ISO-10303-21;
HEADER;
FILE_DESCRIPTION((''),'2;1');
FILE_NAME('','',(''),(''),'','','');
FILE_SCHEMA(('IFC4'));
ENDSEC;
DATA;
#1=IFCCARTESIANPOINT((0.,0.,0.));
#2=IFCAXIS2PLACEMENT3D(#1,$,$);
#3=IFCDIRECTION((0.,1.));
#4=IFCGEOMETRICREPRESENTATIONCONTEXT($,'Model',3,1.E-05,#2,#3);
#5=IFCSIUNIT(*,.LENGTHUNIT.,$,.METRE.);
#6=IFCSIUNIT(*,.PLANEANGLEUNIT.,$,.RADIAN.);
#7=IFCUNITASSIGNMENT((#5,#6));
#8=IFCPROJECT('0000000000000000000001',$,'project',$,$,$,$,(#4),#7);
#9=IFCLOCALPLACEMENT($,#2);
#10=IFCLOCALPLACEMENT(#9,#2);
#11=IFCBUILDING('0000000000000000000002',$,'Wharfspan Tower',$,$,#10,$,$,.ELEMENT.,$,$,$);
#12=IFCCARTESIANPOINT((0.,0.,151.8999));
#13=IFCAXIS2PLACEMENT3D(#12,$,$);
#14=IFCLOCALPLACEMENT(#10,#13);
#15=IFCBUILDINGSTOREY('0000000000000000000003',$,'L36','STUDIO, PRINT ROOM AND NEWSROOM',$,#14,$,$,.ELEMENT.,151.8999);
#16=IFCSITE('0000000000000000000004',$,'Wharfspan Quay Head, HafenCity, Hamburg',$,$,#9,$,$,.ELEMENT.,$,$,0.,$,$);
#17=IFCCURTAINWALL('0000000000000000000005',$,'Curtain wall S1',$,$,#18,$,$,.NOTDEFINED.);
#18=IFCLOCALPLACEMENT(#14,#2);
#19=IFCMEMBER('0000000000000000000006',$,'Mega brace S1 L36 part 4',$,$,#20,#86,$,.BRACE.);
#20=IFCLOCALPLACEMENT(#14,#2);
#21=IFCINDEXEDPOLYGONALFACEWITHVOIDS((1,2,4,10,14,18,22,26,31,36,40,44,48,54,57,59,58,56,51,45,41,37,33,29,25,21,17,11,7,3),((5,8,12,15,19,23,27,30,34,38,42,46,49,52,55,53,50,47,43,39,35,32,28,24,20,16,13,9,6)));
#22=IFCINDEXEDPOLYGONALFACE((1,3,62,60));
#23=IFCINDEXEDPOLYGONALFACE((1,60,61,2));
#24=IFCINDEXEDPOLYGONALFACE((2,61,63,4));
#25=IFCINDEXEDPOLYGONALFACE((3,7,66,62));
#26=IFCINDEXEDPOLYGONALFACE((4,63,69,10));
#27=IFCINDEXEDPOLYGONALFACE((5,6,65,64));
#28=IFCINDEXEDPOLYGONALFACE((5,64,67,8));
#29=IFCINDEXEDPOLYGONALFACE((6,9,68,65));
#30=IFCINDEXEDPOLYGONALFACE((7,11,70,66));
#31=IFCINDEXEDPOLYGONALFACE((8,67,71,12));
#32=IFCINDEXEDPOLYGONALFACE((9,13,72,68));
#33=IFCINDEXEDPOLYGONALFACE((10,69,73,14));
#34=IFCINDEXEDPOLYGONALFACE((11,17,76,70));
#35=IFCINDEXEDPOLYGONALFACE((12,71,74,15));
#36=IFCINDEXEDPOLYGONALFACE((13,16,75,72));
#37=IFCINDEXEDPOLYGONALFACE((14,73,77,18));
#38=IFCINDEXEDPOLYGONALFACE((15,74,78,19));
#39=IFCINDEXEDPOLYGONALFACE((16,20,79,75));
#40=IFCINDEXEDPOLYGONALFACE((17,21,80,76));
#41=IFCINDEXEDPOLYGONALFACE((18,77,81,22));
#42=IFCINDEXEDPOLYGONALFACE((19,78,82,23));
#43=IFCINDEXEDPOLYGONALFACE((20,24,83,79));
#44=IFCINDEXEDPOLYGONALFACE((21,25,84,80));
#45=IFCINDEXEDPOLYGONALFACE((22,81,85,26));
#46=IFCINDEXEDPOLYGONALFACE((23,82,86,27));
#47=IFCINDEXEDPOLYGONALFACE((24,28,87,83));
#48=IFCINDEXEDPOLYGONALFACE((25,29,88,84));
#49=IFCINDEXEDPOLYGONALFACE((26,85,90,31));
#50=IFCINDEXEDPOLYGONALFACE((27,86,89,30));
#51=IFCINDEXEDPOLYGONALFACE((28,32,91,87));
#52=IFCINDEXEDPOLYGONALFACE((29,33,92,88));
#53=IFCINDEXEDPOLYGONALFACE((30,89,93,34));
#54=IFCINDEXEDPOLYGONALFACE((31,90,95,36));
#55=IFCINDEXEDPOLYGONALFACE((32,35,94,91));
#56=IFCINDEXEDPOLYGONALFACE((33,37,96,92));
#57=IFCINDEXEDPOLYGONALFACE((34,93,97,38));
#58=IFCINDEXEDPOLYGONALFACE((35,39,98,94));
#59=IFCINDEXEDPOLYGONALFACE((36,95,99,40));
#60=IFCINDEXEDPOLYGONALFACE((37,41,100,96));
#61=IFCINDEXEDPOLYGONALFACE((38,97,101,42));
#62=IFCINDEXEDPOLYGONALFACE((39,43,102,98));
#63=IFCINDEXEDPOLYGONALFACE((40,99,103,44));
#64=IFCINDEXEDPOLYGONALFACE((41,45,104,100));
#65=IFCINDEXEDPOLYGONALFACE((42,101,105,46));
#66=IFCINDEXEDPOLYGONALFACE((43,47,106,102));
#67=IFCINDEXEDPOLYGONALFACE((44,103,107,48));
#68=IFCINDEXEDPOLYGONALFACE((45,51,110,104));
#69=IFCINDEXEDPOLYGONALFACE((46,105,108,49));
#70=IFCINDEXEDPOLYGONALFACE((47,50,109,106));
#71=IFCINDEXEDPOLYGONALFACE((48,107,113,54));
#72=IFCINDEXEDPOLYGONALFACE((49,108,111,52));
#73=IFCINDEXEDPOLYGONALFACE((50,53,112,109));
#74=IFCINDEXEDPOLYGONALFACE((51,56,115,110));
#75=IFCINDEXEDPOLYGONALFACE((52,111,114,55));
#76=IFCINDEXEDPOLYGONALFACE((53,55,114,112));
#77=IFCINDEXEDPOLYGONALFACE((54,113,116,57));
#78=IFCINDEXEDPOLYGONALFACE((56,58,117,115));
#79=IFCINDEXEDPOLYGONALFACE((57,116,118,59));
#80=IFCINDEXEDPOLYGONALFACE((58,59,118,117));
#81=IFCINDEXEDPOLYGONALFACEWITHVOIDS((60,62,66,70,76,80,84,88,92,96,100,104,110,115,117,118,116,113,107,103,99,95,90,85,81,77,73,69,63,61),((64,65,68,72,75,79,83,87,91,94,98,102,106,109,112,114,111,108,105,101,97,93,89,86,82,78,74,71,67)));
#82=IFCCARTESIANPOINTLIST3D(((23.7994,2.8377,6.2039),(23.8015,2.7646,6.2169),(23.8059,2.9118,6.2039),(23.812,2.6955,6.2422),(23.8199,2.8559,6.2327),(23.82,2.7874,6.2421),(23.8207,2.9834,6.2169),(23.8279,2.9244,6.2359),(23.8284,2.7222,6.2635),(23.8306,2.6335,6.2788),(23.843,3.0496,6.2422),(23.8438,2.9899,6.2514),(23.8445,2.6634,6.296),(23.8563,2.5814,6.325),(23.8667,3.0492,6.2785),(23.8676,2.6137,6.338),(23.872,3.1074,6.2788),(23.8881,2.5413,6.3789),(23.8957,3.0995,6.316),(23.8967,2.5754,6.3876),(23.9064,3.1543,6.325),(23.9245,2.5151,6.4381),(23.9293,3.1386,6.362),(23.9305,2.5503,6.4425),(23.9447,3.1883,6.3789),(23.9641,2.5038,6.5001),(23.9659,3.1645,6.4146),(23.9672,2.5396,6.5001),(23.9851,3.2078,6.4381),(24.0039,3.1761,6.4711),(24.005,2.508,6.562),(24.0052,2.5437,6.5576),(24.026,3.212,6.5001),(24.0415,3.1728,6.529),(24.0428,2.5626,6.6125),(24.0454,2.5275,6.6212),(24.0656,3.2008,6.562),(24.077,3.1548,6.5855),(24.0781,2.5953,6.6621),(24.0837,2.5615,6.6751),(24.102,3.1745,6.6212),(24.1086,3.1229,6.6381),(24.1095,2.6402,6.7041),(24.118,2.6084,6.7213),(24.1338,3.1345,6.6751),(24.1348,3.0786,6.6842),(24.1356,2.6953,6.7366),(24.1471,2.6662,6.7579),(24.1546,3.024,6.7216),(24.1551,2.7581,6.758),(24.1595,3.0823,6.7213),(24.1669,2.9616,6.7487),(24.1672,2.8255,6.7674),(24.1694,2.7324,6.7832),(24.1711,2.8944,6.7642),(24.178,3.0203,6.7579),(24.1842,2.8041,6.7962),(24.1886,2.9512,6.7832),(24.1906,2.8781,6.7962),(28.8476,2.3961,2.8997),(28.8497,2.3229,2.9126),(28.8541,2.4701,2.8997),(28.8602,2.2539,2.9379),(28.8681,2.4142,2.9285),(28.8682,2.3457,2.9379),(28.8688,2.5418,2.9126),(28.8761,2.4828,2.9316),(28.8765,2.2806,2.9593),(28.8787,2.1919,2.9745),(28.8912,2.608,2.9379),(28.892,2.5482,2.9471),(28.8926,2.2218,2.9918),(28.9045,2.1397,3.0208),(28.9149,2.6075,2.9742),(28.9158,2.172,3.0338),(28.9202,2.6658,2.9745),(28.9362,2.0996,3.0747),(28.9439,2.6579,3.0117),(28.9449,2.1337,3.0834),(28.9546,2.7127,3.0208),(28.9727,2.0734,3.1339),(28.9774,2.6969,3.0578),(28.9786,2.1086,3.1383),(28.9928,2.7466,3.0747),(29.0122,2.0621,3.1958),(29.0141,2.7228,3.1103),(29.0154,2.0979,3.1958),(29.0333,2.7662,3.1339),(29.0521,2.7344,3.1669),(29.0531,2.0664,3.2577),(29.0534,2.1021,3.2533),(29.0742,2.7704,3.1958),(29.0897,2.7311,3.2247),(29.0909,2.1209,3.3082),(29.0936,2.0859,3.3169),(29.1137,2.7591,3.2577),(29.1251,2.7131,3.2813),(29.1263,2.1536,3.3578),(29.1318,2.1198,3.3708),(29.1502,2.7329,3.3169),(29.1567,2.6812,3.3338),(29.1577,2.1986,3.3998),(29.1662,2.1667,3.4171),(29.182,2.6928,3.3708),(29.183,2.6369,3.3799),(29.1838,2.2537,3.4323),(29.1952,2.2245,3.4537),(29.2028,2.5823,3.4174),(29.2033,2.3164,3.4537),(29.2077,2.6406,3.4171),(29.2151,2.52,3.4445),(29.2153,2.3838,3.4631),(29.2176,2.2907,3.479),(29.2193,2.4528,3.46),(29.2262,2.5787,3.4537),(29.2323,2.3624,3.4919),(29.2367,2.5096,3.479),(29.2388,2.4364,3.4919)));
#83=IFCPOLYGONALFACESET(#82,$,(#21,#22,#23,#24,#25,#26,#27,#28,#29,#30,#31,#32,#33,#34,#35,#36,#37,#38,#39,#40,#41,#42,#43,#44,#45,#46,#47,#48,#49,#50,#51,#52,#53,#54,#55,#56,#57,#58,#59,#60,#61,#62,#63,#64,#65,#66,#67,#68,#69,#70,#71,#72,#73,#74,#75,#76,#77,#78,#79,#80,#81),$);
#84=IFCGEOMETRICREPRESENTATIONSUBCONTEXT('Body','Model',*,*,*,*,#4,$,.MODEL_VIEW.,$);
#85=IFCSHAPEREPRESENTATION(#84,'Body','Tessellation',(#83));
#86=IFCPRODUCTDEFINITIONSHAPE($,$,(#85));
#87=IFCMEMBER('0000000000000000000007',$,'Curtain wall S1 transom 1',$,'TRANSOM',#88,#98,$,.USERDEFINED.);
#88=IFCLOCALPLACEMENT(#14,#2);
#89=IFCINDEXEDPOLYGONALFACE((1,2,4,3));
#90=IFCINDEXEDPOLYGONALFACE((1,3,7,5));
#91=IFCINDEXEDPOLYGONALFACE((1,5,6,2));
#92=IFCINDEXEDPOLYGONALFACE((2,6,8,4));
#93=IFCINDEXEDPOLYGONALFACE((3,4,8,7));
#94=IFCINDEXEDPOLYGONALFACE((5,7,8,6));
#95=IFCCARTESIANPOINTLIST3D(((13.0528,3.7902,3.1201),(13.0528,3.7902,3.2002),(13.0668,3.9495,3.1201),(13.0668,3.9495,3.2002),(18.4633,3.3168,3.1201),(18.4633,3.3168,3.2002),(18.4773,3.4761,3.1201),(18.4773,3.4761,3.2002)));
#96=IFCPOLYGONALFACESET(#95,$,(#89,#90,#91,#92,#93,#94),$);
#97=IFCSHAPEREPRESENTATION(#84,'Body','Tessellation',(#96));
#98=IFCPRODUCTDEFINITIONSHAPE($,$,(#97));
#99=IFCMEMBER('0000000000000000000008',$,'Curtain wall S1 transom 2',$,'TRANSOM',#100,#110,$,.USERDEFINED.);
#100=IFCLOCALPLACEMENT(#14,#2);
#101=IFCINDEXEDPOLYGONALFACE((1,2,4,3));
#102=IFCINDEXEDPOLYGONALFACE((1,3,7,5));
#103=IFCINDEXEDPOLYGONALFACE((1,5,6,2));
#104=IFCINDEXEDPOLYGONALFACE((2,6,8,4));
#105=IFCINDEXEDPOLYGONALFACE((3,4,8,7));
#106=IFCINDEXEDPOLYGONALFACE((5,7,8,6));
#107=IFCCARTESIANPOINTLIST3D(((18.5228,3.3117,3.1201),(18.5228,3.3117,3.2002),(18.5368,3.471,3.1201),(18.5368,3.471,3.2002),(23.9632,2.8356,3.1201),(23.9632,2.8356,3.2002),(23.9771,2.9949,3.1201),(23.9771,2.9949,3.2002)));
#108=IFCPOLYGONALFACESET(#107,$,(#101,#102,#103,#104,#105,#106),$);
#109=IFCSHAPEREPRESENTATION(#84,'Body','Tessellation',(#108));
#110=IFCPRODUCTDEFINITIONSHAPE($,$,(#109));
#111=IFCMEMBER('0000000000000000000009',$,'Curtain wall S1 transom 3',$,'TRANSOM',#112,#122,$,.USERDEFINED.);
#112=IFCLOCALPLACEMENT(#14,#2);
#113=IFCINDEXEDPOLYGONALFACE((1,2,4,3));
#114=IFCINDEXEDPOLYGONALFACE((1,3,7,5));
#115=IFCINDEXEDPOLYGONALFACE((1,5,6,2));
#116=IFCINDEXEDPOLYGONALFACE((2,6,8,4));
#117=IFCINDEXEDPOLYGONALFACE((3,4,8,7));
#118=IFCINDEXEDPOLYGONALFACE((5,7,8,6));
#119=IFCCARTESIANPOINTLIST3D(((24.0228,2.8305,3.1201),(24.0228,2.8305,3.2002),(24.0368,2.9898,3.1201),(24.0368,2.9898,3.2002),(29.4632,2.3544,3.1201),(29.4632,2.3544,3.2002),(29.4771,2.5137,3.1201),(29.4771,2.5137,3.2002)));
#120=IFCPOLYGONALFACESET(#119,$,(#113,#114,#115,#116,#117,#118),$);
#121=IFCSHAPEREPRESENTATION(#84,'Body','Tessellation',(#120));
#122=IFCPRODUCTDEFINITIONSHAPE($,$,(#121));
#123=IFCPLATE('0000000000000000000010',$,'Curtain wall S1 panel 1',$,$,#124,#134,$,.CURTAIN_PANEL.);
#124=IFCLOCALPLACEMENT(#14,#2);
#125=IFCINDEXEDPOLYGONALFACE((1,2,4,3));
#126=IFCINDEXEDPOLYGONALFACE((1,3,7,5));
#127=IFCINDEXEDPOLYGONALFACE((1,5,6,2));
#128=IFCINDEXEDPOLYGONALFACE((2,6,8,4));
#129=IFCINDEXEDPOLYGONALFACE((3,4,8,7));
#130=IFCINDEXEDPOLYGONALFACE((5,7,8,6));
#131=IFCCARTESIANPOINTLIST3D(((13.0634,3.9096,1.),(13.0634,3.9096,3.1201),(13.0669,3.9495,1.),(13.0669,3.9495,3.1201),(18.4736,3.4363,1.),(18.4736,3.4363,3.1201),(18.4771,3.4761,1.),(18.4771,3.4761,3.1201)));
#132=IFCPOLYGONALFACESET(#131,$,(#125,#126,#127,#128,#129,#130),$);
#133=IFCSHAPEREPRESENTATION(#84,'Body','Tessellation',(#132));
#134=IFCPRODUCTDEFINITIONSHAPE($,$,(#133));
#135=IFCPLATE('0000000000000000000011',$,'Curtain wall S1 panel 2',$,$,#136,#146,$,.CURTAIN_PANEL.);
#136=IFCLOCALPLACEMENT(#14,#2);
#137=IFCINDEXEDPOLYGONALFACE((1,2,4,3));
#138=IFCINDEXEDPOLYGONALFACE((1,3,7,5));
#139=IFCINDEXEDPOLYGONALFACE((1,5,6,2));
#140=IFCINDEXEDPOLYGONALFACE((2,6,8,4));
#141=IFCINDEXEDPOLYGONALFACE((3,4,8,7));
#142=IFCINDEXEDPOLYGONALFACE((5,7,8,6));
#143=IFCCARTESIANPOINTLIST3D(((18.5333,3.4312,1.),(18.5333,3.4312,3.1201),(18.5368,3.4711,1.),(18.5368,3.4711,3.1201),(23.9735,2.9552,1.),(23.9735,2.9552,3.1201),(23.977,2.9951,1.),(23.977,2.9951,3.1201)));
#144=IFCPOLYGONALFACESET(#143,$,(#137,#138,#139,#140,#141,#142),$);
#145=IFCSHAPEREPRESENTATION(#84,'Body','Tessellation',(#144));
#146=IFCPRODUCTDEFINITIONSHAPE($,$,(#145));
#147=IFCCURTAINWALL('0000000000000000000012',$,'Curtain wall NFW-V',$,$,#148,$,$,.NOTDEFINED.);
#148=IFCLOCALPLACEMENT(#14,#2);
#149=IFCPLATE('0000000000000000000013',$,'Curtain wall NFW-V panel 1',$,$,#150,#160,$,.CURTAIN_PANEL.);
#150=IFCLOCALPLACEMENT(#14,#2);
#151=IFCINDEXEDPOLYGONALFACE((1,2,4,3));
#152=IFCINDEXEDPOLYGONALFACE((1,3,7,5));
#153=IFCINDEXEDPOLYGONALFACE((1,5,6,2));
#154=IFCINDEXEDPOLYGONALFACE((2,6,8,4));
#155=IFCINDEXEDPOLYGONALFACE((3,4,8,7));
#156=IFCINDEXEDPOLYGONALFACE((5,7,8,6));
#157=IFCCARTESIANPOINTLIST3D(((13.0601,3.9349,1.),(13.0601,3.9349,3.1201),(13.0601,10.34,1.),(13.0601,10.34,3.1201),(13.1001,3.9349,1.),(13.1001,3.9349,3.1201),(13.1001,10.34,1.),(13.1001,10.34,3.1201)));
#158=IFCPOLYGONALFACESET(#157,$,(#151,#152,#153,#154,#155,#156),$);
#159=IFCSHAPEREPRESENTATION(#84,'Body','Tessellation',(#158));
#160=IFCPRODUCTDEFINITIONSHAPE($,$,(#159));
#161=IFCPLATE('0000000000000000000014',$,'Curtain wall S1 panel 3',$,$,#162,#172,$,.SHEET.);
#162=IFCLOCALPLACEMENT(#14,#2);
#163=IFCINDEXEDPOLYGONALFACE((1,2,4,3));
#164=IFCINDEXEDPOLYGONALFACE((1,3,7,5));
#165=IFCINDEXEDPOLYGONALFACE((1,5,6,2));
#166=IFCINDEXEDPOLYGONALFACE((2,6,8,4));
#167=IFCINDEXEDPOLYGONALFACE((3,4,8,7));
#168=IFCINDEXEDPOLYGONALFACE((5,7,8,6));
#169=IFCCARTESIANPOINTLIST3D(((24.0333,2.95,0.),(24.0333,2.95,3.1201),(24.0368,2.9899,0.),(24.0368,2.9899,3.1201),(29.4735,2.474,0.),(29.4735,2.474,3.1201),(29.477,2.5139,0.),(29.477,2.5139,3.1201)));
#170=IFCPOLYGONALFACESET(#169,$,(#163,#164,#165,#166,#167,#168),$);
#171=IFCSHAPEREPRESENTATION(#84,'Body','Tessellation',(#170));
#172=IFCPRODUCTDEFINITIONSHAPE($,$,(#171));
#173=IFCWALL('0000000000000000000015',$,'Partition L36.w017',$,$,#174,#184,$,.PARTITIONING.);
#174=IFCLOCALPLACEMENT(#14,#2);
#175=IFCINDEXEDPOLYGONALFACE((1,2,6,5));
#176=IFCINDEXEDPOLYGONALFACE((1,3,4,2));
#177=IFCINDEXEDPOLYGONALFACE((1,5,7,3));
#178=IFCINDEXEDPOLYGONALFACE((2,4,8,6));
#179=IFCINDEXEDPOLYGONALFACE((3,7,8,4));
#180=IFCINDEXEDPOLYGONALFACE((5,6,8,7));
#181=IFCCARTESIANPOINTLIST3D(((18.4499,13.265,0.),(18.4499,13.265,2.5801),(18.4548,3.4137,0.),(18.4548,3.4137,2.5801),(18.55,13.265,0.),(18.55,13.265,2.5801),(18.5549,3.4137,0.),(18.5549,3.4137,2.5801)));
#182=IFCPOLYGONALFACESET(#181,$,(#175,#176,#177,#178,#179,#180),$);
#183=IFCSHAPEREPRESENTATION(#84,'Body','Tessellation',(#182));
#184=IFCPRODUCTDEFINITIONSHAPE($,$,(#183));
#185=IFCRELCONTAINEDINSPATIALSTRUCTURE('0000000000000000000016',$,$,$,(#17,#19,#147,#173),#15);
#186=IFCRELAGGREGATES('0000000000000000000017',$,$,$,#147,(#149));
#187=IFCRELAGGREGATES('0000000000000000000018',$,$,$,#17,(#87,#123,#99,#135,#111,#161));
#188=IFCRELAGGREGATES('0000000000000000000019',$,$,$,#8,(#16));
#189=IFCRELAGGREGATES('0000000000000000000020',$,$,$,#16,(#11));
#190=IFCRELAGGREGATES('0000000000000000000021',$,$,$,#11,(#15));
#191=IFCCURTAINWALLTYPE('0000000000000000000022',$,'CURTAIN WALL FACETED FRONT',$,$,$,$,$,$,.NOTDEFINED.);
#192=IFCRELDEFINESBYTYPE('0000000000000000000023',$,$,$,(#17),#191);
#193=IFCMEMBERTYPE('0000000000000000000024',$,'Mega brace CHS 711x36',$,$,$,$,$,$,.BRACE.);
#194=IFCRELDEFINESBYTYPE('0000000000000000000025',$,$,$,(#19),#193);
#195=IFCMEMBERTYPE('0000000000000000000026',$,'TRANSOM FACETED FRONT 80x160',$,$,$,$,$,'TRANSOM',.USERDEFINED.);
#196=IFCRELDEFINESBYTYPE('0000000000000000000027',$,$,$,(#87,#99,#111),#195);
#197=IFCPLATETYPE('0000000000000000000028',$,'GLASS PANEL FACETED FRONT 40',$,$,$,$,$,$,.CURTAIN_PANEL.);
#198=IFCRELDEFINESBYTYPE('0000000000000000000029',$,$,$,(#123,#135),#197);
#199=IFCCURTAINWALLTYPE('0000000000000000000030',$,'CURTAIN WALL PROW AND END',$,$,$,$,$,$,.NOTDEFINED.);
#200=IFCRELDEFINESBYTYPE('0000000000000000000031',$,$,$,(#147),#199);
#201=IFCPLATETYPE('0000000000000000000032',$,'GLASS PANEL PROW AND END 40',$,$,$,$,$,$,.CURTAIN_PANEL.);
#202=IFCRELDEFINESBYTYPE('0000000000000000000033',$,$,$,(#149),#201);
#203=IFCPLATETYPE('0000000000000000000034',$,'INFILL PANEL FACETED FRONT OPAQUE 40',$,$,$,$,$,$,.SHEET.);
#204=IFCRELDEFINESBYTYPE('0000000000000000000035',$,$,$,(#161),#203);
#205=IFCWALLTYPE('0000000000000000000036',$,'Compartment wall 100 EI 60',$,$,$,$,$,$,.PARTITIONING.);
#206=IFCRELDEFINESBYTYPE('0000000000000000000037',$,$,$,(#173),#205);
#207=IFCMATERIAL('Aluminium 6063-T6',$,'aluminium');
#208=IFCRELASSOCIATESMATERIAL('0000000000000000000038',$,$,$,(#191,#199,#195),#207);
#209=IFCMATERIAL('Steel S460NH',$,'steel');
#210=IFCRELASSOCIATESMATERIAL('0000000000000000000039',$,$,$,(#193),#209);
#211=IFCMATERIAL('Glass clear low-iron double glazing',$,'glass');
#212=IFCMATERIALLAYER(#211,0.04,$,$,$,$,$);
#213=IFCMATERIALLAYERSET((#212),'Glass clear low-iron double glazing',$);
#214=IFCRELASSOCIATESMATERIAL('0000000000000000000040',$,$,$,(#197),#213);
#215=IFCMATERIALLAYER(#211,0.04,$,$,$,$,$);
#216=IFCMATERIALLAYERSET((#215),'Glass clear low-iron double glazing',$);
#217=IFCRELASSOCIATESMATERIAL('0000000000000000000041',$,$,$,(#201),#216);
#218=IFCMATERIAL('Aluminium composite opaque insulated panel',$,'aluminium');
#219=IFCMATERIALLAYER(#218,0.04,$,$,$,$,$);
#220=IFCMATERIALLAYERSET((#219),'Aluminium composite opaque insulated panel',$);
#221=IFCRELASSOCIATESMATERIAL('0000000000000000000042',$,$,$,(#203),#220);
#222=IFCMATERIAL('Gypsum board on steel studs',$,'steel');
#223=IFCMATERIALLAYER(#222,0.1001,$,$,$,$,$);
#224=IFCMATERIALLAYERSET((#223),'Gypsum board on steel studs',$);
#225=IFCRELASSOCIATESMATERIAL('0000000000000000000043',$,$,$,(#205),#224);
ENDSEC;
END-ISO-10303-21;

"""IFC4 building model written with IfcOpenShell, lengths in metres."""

from ifc_helpers import new_model, si_unit, direction, frame, frame_2d, origin, origin_2d, place, context, subcontext, project, spatial, rectangle, hollow_circle, extrude, material, layer, layer_set, material_profile, profile_set, type_object, element, aggregate, save


model = new_model("IFC4")

# Units and contexts
model_context = context("Model", 3, precision=1e-05, world=origin(), true_north=direction((0.0, 1.0)))
body_context = subcontext(model_context, "Body", "Model", "MODEL_VIEW")
ifc_project = project(units=[si_unit("LENGTHUNIT", "METRE"), si_unit("PLANEANGLEUNIT", "RADIAN")], contexts=[model_context])

# Site, building, storey
site_placement = place(None, origin())
site = spatial("IfcSite", under=ifc_project, at=site_placement, Name="Wharfspan Quay Head, HafenCity, Hamburg", CompositionType="ELEMENT", RefElevation=0.0)
building_placement = place(site_placement, origin())
building = spatial("IfcBuilding", under=site, at=building_placement, Name="Wharfspan Tower", CompositionType="ELEMENT")
storey_placement = place(building_placement, frame((0.0, 0.0, 151.8999)))
storey = spatial("IfcBuildingStorey", under=building, at=storey_placement, Name="L36", Description="STUDIO, PRINT ROOM AND NEWSROOM", CompositionType="ELEMENT", Elevation=151.8999)

# Curtain wall
ifc_material_1 = material(Name="Aluminium 6063-T6", Category="aluminium")
curtain_wall_type_1 = type_object("IfcCurtainWallType", Name="CURTAIN WALL FACETED FRONT", PredefinedType="NOTDEFINED", material=ifc_material_1)
curtain_wall_1_placement = place(storey_placement, origin())
curtain_wall_1 = element("IfcCurtainWall", 1, at=curtain_wall_1_placement, inside=storey, type_object=curtain_wall_type_1, Name="Curtain wall S1", PredefinedType="NOTDEFINED")

# Members
ifc_material_2 = material(Name="Steel S460NH", Category="steel")
ifc_material_profile_1 = material_profile(ifc_material_2, hollow_circle(Radius=0.3555, WallThickness=0.0359, at=origin_2d()))
ifc_profile_set_1 = profile_set([ifc_material_profile_1], Name="Steel S460NH")
member_type_1 = type_object("IfcMemberType", Name="Mega brace CHS 711x36", PredefinedType="BRACE", material=ifc_profile_set_1)
member_1_placement = place(storey_placement, frame((29.0432, 2.4163, 3.1958), z_axis=(-0.834469, 0.073006, 0.546197), x_axis=(-0.087156, -0.996198, -0.000001)))
element("IfcMember", 2, at=member_1_placement, inside=storey, type_object=member_type_1, Name="Mega brace S1 L36 part 4", PredefinedType="BRACE", context=body_context, shape_type="SweptSolid", body=[
    extrude(hollow_circle(Radius=0.3555, WallThickness=0.0359, at=origin_2d()), origin(), (0.0, 0.0, 1.0), 6.0496),
])
ifc_material_profile_2 = material_profile(ifc_material_1, rectangle(XDim=0.1599, YDim=0.0801, at=origin_2d()))
ifc_profile_set_2 = profile_set([ifc_material_profile_2], Name="Aluminium 6063-T6")
member_type_2 = type_object("IfcMemberType", Name="TRANSOM FACETED FRONT 80x160", ElementType="TRANSOM", PredefinedType="USERDEFINED", material=ifc_profile_set_2)
member_2_placement = place(storey_placement, frame((13.0598, 3.8699, 3.1602), z_axis=(0.996194, -0.087163, 0.0), x_axis=(0.087163, 0.996194, 0.0)))
member_2 = element("IfcMember", 3, at=member_2_placement, type_object=member_type_2, Name="Curtain wall S1 transom 1", ObjectType="TRANSOM", PredefinedType="USERDEFINED", context=body_context, shape_type="SweptSolid", body=[
    extrude(rectangle(XDim=0.1599, YDim=0.0801, at=origin_2d()), origin(), (0.0, 0.0, 1.0), 5.4312),
])
member_3_placement = place(storey_placement, frame((18.5298, 3.3914, 3.1602), z_axis=(0.996193, -0.087174, 0.0), x_axis=(0.087174, 0.996193, 0.0)))
member_3 = element("IfcMember", 4, at=member_3_placement, type_object=member_type_2, Name="Curtain wall S1 transom 2", ObjectType="TRANSOM", PredefinedType="USERDEFINED", context=body_context, shape_type="SweptSolid", body=[
    extrude(rectangle(XDim=0.1599, YDim=0.0801, at=origin_2d()), origin(), (0.0, 0.0, 1.0), 5.4612),
])
member_4_placement = place(storey_placement, frame((24.0298, 2.9102, 3.1602), z_axis=(0.996193, -0.087174, 0.0), x_axis=(0.087174, 0.996193, 0.0)))
member_4 = element("IfcMember", 5, at=member_4_placement, type_object=member_type_2, Name="Curtain wall S1 transom 3", ObjectType="TRANSOM", PredefinedType="USERDEFINED", context=body_context, shape_type="SweptSolid", body=[
    extrude(rectangle(XDim=0.1599, YDim=0.0801, at=origin_2d()), origin(), (0.0, 0.0, 1.0), 5.4612),
])

# Plates
ifc_material_3 = material(Name="Glass clear low-iron double glazing", Category="glass")
ifc_layer_1 = layer(ifc_material_3, 0.04)
ifc_layer_set_1 = layer_set([ifc_layer_1], Name="Glass clear low-iron double glazing")
plate_type_1 = type_object("IfcPlateType", Name="GLASS PANEL FACETED FRONT 40", PredefinedType="CURTAIN_PANEL", material=ifc_layer_set_1)
plate_1_placement = place(storey_placement, frame((15.7703, 3.6929, 1.0), z_axis=(0.0, 0.0, 1.0), x_axis=(0.996198, -0.087156, 0.0)))
plate_1 = element("IfcPlate", 6, at=plate_1_placement, type_object=plate_type_1, Name="Curtain wall S1 panel 1", PredefinedType="CURTAIN_PANEL", context=body_context, shape_type="SweptSolid", body=[
    extrude(rectangle(XDim=5.4309, YDim=0.04, at=origin_2d()), origin(), (0.0, 0.0, 1.0), 2.1201),
])
plate_2_placement = place(storey_placement, frame((21.2551, 3.2131, 1.0), z_axis=(0.0, 0.0, 1.0), x_axis=(0.996198, -0.087156, 0.0)))
plate_2 = element("IfcPlate", 7, at=plate_2_placement, type_object=plate_type_1, Name="Curtain wall S1 panel 2", PredefinedType="CURTAIN_PANEL", context=body_context, shape_type="SweptSolid", body=[
    extrude(rectangle(XDim=5.4609, YDim=0.04, at=origin_2d()), origin(), (0.0, 0.0, 1.0), 2.1201),
])

# Curtain wall, plate
curtain_wall_type_2 = type_object("IfcCurtainWallType", Name="CURTAIN WALL PROW AND END", PredefinedType="NOTDEFINED", material=ifc_material_1)
curtain_wall_2_placement = place(storey_placement, origin())
curtain_wall_2 = element("IfcCurtainWall", 8, at=curtain_wall_2_placement, inside=storey, type_object=curtain_wall_type_2, Name="Curtain wall NFW-V", PredefinedType="NOTDEFINED")
ifc_layer_2 = layer(ifc_material_3, 0.04)
ifc_layer_set_2 = layer_set([ifc_layer_2], Name="Glass clear low-iron double glazing")
plate_type_2 = type_object("IfcPlateType", Name="GLASS PANEL PROW AND END 40", PredefinedType="CURTAIN_PANEL", material=ifc_layer_set_2)
plate_3_placement = place(storey_placement, frame((13.0801, 7.1375, 1.0), z_axis=(0.0, 0.0, 1.0), x_axis=(0.0, -1.0, 0.0)))
plate_3 = element("IfcPlate", 9, at=plate_3_placement, type_object=plate_type_2, Name="Curtain wall NFW-V panel 1", PredefinedType="CURTAIN_PANEL", context=body_context, shape_type="SweptSolid", body=[
    extrude(rectangle(XDim=6.405, YDim=0.04, at=origin_2d()), origin(), (0.0, 0.0, 1.0), 2.1201),
])
aggregate(curtain_wall_2, [plate_3])

# Plate
ifc_material_4 = material(Name="Aluminium composite opaque insulated panel", Category="aluminium")
ifc_layer_3 = layer(ifc_material_4, 0.04)
ifc_layer_set_3 = layer_set([ifc_layer_3], Name="Aluminium composite opaque insulated panel")
plate_type_3 = type_object("IfcPlateType", Name="INFILL PANEL FACETED FRONT OPAQUE 40", PredefinedType="SHEET", material=ifc_layer_set_3)
plate_4_placement = place(storey_placement, frame((26.7551, 2.7319, 0.0), z_axis=(0.0, 0.0, 1.0), x_axis=(0.996198, -0.087156, 0.0)))
plate_4 = element("IfcPlate", 10, at=plate_4_placement, type_object=plate_type_3, Name="Curtain wall S1 panel 3", PredefinedType="SHEET", context=body_context, shape_type="SweptSolid", body=[
    extrude(rectangle(XDim=5.4609, YDim=0.04, at=origin_2d()), origin(), (0.0, 0.0, 1.0), 3.1201),
])
aggregate(curtain_wall_1, [member_2, plate_1, member_3, plate_2, member_4, plate_4])

# Wall
ifc_material_5 = material(Name="Gypsum board on steel studs", Category="steel")
ifc_layer_4 = layer(ifc_material_5, 0.1001)
ifc_layer_set_4 = layer_set([ifc_layer_4], Name="Gypsum board on steel studs")
wall_type_1 = type_object("IfcWallType", Name="Compartment wall 100 EI 60", PredefinedType="PARTITIONING", material=ifc_layer_set_4)
wall_1_placement = place(storey_placement, frame((18.5049, 3.4136, 0.0), z_axis=(0.0, 0.0, 1.0), x_axis=(-0.000496, 1.000004, 0.0)))
element("IfcWall", 11, at=wall_1_placement, inside=storey, type_object=wall_type_1, Name="Partition L36.w017", PredefinedType="PARTITIONING", context=body_context, shape_type="SweptSolid", body=[
    extrude(rectangle(XDim=9.8513, YDim=0.1001, at=frame_2d((4.9258, 0.0))), origin(), (0.0, 0.0, 1.0), 2.5801),
])

save(model, "model.ifc")
